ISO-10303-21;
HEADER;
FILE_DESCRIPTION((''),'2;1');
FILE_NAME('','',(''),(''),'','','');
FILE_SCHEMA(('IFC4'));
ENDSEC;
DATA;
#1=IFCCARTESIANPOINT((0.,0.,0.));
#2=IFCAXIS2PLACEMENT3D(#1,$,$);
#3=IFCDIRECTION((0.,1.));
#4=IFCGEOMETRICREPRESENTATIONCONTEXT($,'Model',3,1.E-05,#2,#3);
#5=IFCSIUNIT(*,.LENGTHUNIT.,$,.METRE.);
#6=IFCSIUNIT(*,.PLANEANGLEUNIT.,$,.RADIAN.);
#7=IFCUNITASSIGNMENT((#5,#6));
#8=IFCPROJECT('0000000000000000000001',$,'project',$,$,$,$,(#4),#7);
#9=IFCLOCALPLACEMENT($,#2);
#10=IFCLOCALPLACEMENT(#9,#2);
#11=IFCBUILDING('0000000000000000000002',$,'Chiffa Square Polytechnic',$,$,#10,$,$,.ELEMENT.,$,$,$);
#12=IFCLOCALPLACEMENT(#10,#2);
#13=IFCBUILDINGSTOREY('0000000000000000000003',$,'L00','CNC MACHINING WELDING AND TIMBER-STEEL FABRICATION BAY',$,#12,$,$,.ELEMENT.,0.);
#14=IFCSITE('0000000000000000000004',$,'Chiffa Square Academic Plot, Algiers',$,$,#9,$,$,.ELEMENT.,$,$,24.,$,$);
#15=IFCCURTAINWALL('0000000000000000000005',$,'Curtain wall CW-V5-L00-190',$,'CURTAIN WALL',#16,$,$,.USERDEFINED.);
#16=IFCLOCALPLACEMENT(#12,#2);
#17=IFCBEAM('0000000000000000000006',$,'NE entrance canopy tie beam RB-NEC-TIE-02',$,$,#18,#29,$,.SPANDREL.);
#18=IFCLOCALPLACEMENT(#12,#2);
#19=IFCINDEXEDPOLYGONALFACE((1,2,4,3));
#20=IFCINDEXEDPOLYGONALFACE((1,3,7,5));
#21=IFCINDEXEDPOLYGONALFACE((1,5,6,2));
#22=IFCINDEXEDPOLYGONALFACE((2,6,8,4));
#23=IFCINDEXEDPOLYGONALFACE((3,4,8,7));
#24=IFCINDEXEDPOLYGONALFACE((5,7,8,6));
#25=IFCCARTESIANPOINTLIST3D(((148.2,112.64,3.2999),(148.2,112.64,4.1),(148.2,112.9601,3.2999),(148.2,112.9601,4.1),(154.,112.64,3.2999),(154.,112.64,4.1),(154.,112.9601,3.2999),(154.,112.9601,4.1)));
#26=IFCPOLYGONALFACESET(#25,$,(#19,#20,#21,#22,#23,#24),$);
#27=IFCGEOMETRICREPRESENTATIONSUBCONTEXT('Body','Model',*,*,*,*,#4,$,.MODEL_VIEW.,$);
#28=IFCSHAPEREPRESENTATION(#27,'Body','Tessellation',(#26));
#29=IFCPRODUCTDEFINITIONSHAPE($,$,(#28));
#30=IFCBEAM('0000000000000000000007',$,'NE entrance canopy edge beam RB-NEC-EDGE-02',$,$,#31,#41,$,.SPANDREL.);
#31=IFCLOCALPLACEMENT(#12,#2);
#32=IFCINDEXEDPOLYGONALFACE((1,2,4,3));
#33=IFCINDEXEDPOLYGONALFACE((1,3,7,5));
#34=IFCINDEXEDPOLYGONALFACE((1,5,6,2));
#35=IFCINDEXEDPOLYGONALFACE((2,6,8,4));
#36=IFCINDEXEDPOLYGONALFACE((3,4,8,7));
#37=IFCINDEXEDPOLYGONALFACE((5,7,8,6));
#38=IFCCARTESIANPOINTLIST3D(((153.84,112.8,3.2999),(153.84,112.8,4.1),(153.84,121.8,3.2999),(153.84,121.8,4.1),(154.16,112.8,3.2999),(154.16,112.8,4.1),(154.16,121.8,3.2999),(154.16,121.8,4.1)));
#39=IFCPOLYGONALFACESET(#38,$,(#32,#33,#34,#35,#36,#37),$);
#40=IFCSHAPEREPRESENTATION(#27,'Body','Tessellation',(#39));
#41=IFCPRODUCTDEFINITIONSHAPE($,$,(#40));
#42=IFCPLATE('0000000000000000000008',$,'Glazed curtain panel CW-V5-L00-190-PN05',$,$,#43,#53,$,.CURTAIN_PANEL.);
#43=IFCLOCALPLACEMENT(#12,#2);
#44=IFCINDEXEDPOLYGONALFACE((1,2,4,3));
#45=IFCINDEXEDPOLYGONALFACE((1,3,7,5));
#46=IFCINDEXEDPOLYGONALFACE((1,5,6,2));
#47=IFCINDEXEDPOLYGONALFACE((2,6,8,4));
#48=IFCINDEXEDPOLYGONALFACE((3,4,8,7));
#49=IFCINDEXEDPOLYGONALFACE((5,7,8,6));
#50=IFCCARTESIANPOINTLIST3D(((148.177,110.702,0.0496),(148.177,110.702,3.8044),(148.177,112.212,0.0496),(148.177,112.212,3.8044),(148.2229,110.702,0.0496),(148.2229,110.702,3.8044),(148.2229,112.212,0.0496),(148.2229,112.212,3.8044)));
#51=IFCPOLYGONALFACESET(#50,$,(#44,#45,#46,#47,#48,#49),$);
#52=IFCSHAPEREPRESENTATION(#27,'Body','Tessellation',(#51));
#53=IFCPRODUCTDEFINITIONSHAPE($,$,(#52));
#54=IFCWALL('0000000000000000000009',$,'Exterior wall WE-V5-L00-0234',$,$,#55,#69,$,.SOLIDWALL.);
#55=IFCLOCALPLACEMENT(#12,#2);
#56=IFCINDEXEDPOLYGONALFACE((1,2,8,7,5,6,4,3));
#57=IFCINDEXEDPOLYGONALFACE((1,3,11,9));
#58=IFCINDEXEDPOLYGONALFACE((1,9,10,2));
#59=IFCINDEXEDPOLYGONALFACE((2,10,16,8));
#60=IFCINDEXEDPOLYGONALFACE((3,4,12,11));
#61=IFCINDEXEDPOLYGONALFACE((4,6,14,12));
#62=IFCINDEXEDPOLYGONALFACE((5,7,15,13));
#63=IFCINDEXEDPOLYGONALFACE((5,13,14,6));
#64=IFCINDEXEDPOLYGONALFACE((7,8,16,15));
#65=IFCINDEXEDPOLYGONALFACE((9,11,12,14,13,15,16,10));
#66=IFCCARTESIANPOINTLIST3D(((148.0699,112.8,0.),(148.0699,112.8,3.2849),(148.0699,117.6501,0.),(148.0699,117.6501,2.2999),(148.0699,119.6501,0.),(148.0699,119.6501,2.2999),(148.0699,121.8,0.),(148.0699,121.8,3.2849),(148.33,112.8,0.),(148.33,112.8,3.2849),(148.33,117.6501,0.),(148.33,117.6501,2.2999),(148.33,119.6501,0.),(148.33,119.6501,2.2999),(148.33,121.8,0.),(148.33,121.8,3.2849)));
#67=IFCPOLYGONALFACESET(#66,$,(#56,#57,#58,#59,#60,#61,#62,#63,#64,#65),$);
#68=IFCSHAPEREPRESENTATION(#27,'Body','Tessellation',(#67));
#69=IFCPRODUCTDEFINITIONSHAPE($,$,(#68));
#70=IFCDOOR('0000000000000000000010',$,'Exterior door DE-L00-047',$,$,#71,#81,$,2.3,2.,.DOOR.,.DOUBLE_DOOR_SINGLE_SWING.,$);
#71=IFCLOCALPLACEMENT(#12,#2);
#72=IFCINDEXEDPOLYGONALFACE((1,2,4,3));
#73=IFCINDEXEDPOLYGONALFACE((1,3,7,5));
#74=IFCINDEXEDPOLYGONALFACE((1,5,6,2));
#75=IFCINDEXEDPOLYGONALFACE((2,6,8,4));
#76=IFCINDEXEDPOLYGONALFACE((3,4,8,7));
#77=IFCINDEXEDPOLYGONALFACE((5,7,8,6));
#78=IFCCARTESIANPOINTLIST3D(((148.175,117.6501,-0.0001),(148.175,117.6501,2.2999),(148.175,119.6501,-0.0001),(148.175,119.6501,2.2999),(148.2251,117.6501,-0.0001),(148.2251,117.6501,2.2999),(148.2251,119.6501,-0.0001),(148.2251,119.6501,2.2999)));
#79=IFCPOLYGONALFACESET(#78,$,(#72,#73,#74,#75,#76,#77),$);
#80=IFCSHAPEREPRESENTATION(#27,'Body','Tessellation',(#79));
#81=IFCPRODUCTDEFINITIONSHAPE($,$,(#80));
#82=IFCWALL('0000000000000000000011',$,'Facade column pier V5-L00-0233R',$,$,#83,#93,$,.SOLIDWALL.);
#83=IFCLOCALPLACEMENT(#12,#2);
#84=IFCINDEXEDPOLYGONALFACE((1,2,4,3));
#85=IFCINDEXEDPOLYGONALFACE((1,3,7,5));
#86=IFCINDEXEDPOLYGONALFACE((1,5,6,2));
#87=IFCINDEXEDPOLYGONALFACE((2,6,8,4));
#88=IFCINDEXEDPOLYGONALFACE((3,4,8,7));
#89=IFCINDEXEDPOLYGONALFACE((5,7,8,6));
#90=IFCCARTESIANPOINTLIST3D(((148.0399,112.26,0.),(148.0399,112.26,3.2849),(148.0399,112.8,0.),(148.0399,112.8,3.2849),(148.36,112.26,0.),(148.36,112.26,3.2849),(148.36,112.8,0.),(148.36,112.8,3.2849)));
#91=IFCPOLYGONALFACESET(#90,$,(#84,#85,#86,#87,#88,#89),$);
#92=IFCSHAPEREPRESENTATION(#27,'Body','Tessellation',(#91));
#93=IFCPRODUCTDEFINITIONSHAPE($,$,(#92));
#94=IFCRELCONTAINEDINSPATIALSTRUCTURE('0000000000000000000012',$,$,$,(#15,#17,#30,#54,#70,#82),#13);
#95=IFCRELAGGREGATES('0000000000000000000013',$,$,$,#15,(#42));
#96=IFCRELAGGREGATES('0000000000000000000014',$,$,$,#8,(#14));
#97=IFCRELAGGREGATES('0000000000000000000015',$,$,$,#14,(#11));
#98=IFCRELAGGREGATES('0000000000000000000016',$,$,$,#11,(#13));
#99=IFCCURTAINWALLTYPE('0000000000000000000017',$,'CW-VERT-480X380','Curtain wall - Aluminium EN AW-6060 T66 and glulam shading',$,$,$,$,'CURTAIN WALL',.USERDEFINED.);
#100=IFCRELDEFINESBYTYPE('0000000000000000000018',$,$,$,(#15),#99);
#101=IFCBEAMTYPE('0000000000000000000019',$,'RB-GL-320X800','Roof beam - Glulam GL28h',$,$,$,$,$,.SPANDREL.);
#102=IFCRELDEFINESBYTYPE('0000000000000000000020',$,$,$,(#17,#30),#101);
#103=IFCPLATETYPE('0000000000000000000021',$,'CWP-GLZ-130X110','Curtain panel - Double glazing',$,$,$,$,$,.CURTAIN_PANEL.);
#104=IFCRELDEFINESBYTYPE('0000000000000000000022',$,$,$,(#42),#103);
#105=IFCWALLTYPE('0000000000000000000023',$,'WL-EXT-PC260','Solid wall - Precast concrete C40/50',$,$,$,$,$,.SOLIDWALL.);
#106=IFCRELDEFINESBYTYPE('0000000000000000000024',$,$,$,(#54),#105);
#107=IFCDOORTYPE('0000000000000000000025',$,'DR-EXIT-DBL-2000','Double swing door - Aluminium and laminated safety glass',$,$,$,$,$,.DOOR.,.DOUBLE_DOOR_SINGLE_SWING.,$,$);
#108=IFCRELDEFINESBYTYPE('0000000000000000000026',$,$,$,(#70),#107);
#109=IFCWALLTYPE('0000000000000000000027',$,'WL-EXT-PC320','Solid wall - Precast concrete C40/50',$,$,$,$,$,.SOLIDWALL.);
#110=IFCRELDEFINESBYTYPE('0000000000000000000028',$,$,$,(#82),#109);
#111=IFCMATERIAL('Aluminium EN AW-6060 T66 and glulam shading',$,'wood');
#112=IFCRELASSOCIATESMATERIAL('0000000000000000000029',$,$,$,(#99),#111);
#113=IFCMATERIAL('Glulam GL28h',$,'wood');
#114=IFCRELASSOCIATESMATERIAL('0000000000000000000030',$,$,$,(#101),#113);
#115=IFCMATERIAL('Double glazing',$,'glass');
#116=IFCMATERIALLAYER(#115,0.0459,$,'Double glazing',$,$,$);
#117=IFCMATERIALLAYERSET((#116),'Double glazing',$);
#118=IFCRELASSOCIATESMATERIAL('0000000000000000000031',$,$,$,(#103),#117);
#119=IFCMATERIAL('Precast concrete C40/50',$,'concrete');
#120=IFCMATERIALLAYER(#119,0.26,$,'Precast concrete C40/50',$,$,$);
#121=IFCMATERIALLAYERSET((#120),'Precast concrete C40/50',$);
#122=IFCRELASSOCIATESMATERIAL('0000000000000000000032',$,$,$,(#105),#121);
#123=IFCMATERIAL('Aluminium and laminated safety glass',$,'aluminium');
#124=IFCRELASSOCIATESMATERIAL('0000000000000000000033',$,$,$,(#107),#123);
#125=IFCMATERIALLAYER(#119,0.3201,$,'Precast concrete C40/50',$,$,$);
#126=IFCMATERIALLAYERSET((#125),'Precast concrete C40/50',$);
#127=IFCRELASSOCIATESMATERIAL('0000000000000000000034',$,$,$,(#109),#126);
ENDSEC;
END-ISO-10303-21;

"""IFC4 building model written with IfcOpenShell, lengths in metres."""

from ifc_helpers import new_model, si_unit, direction, frame, frame_2d, origin, origin_2d, place, context, subcontext, project, spatial, rectangle, extrude, material, layer, layer_set, material_profile, profile_set, type_object, element, fill, aggregate, save


model = new_model("IFC4")

# Units and contexts
model_context = context("Model", 3, precision=1e-05, world=origin(), true_north=direction((0.0, 1.0)))
body_context = subcontext(model_context, "Body", "Model", "MODEL_VIEW")
ifc_project = project(units=[si_unit("LENGTHUNIT", "METRE"), si_unit("PLANEANGLEUNIT", "RADIAN")], contexts=[model_context])

# Site, building, storey
site_placement = place(None, origin())
site = spatial("IfcSite", under=ifc_project, at=site_placement, Name="Chiffa Square Academic Plot, Algiers", CompositionType="ELEMENT", RefElevation=24.0)
building_placement = place(site_placement, origin())
building = spatial("IfcBuilding", under=site, at=building_placement, Name="Chiffa Square Polytechnic", CompositionType="ELEMENT")
storey_placement = place(building_placement, origin())
storey = spatial("IfcBuildingStorey", under=building, at=storey_placement, Name="L00", Description="CNC MACHINING WELDING AND TIMBER-STEEL FABRICATION BAY", CompositionType="ELEMENT", Elevation=0.0)

# Curtain wall
ifc_material_1 = material(Name="Aluminium EN AW-6060 T66 and glulam shading", Category="wood")
curtain_wall_type = type_object("IfcCurtainWallType", Name="CW-VERT-480X380", Description="Curtain wall - Aluminium EN AW-6060 T66 and glulam shading", ElementType="CURTAIN WALL", PredefinedType="USERDEFINED", material=ifc_material_1)
curtain_wall_placement = place(storey_placement, origin())
curtain_wall = element("IfcCurtainWall", 1, at=curtain_wall_placement, inside=storey, type_object=curtain_wall_type, Name="Curtain wall CW-V5-L00-190", ObjectType="CURTAIN WALL", PredefinedType="USERDEFINED")
ifc_material_2 = material(Name="Glulam GL28h", Category="wood")

# Beams
ifc_material_profile_1 = material_profile(ifc_material_2, rectangle(XDim=0.3201, YDim=0.8, at=origin_2d()), Name="GL28h 320x800")
ifc_profile_set_1 = profile_set([ifc_material_profile_1], Name="Glulam GL28h")
beam_type_1 = type_object("IfcBeamType", Name="RB-GL-320X800", Description="Roof beam - Glulam GL28h", PredefinedType="SPANDREL", material=ifc_profile_set_1)
beam_1_placement = place(storey_placement, frame((148.2, 112.8, 3.7), z_axis=(1.0, 0.0, 0.0), x_axis=(0.0, 1.0, 0.0)))
element("IfcBeam", 2, at=beam_1_placement, inside=storey, type_object=beam_type_1, Name="NE entrance canopy tie beam RB-NEC-TIE-02", PredefinedType="SPANDREL", context=body_context, shape_type="SweptSolid", body=[
    extrude(rectangle(XDim=0.3201, YDim=0.8, at=origin_2d()), origin(), (0.0, 0.0, 1.0), 5.8),
])
beam_2_placement = place(storey_placement, frame((154.0, 112.8, 3.7), z_axis=(0.0, 1.0, 0.0), x_axis=(-1.0, 0.0, 0.0)))
element("IfcBeam", 3, at=beam_2_placement, inside=storey, type_object=beam_type_1, Name="NE entrance canopy edge beam RB-NEC-EDGE-02", PredefinedType="SPANDREL", context=body_context, shape_type="SweptSolid", body=[
    extrude(rectangle(XDim=0.3201, YDim=0.8, at=origin_2d()), origin(), (0.0, 0.0, 1.0), 9.0),
])

# Plate
ifc_material_3 = material(Name="Double glazing", Category="glass")
ifc_layer_1 = layer(ifc_material_3, 0.0459, Name="Double glazing")
ifc_layer_set_1 = layer_set([ifc_layer_1], Name="Double glazing")
plate_type = type_object("IfcPlateType", Name="CWP-GLZ-130X110", Description="Curtain panel - Double glazing", PredefinedType="CURTAIN_PANEL", material=ifc_layer_set_1)
plate_placement = place(storey_placement, frame((148.2, 111.457, 0.0496), z_axis=(0.0, 0.0, 1.0), x_axis=(0.0, 1.0, 0.0)))
plate = element("IfcPlate", 4, at=plate_placement, type_object=plate_type, Name="Glazed curtain panel CW-V5-L00-190-PN05", PredefinedType="CURTAIN_PANEL", context=body_context, shape_type="SweptSolid", body=[
    extrude(rectangle(XDim=1.51, YDim=0.0459, at=origin_2d()), origin(), (0.0, 0.0, 1.0), 3.7549),
])
aggregate(curtain_wall, [plate])

# Wall, opening, door
ifc_material_4 = material(Name="Precast concrete C40/50", Category="concrete")
ifc_layer_2 = layer(ifc_material_4, 0.26, Name="Precast concrete C40/50")
ifc_layer_set_2 = layer_set([ifc_layer_2], Name="Precast concrete C40/50")
wall_type_1 = type_object("IfcWallType", Name="WL-EXT-PC260", Description="Solid wall - Precast concrete C40/50", PredefinedType="SOLIDWALL", material=ifc_layer_set_2)
wall_1_placement = place(storey_placement, frame((148.2, 112.8, 0.0), z_axis=(0.0, 0.0, 1.0), x_axis=(0.0, 1.0, 0.0)))
wall_1 = element("IfcWall", 5, at=wall_1_placement, inside=storey, type_object=wall_type_1, Name="Exterior wall WE-V5-L00-0234", PredefinedType="SOLIDWALL", context=body_context, shape_type="SweptSolid", body=[
    extrude(rectangle(XDim=9.0, YDim=0.26, at=frame_2d((4.5, 0.0))), origin(), (0.0, 0.0, 1.0), 3.2849),
])
opening_placement = place(wall_1_placement, frame((4.8501, 0.0, 0.0)))
opening = element("IfcOpeningElement", 6, at=opening_placement, cuts=wall_1, PredefinedType="OPENING", context=body_context, shape_type="SweptSolid", body=[
    extrude(rectangle(XDim=2.0, YDim=2.3, at=frame_2d((1.0, 1.1499))), frame((0.0, 0.1401, 0.0), z_axis=(0.0, -1.0, 0.0), x_axis=(1.0, 0.0, 0.0)), (0.0, 0.0, 1.0), 0.28),
])
ifc_material_5 = material(Name="Aluminium and laminated safety glass", Category="aluminium")
door_type = type_object("IfcDoorType", Name="DR-EXIT-DBL-2000", Description="Double swing door - Aluminium and laminated safety glass", OperationType="DOUBLE_DOOR_SINGLE_SWING", PredefinedType="DOOR", material=ifc_material_5)
door_placement = place(opening_placement, origin())
door = element("IfcDoor", 7, at=door_placement, inside=storey, type_object=door_type, Name="Exterior door DE-L00-047", OperationType="DOUBLE_DOOR_SINGLE_SWING", OverallHeight=2.3, OverallWidth=2.0, PredefinedType="DOOR", context=body_context, shape_type="SweptSolid", body=[
    extrude(rectangle(XDim=2.0, YDim=2.3, at=frame_2d((1.0, 1.1499))), frame((0.0, 0.0249, 0.0), z_axis=(0.0, -1.0, 0.0), x_axis=(1.0, 0.0, 0.0)), (0.0, 0.0, 1.0), 0.05),
])
fill(opening, door)

# Wall
ifc_layer_3 = layer(ifc_material_4, 0.3201, Name="Precast concrete C40/50")
ifc_layer_set_3 = layer_set([ifc_layer_3], Name="Precast concrete C40/50")
wall_type_2 = type_object("IfcWallType", Name="WL-EXT-PC320", Description="Solid wall - Precast concrete C40/50", PredefinedType="SOLIDWALL", material=ifc_layer_set_3)
wall_2_placement = place(storey_placement, frame((148.2, 112.26, 0.0), z_axis=(0.0, 0.0, 1.0), x_axis=(0.0, 1.0, 0.0)))
element("IfcWall", 8, at=wall_2_placement, inside=storey, type_object=wall_type_2, Name="Facade column pier V5-L00-0233R", PredefinedType="SOLIDWALL", context=body_context, shape_type="SweptSolid", body=[
    extrude(rectangle(XDim=0.54, YDim=0.3201, at=frame_2d((0.27, 0.0))), origin(), (0.0, 0.0, 1.0), 3.2849),
])

save(model, "model.ifc")
